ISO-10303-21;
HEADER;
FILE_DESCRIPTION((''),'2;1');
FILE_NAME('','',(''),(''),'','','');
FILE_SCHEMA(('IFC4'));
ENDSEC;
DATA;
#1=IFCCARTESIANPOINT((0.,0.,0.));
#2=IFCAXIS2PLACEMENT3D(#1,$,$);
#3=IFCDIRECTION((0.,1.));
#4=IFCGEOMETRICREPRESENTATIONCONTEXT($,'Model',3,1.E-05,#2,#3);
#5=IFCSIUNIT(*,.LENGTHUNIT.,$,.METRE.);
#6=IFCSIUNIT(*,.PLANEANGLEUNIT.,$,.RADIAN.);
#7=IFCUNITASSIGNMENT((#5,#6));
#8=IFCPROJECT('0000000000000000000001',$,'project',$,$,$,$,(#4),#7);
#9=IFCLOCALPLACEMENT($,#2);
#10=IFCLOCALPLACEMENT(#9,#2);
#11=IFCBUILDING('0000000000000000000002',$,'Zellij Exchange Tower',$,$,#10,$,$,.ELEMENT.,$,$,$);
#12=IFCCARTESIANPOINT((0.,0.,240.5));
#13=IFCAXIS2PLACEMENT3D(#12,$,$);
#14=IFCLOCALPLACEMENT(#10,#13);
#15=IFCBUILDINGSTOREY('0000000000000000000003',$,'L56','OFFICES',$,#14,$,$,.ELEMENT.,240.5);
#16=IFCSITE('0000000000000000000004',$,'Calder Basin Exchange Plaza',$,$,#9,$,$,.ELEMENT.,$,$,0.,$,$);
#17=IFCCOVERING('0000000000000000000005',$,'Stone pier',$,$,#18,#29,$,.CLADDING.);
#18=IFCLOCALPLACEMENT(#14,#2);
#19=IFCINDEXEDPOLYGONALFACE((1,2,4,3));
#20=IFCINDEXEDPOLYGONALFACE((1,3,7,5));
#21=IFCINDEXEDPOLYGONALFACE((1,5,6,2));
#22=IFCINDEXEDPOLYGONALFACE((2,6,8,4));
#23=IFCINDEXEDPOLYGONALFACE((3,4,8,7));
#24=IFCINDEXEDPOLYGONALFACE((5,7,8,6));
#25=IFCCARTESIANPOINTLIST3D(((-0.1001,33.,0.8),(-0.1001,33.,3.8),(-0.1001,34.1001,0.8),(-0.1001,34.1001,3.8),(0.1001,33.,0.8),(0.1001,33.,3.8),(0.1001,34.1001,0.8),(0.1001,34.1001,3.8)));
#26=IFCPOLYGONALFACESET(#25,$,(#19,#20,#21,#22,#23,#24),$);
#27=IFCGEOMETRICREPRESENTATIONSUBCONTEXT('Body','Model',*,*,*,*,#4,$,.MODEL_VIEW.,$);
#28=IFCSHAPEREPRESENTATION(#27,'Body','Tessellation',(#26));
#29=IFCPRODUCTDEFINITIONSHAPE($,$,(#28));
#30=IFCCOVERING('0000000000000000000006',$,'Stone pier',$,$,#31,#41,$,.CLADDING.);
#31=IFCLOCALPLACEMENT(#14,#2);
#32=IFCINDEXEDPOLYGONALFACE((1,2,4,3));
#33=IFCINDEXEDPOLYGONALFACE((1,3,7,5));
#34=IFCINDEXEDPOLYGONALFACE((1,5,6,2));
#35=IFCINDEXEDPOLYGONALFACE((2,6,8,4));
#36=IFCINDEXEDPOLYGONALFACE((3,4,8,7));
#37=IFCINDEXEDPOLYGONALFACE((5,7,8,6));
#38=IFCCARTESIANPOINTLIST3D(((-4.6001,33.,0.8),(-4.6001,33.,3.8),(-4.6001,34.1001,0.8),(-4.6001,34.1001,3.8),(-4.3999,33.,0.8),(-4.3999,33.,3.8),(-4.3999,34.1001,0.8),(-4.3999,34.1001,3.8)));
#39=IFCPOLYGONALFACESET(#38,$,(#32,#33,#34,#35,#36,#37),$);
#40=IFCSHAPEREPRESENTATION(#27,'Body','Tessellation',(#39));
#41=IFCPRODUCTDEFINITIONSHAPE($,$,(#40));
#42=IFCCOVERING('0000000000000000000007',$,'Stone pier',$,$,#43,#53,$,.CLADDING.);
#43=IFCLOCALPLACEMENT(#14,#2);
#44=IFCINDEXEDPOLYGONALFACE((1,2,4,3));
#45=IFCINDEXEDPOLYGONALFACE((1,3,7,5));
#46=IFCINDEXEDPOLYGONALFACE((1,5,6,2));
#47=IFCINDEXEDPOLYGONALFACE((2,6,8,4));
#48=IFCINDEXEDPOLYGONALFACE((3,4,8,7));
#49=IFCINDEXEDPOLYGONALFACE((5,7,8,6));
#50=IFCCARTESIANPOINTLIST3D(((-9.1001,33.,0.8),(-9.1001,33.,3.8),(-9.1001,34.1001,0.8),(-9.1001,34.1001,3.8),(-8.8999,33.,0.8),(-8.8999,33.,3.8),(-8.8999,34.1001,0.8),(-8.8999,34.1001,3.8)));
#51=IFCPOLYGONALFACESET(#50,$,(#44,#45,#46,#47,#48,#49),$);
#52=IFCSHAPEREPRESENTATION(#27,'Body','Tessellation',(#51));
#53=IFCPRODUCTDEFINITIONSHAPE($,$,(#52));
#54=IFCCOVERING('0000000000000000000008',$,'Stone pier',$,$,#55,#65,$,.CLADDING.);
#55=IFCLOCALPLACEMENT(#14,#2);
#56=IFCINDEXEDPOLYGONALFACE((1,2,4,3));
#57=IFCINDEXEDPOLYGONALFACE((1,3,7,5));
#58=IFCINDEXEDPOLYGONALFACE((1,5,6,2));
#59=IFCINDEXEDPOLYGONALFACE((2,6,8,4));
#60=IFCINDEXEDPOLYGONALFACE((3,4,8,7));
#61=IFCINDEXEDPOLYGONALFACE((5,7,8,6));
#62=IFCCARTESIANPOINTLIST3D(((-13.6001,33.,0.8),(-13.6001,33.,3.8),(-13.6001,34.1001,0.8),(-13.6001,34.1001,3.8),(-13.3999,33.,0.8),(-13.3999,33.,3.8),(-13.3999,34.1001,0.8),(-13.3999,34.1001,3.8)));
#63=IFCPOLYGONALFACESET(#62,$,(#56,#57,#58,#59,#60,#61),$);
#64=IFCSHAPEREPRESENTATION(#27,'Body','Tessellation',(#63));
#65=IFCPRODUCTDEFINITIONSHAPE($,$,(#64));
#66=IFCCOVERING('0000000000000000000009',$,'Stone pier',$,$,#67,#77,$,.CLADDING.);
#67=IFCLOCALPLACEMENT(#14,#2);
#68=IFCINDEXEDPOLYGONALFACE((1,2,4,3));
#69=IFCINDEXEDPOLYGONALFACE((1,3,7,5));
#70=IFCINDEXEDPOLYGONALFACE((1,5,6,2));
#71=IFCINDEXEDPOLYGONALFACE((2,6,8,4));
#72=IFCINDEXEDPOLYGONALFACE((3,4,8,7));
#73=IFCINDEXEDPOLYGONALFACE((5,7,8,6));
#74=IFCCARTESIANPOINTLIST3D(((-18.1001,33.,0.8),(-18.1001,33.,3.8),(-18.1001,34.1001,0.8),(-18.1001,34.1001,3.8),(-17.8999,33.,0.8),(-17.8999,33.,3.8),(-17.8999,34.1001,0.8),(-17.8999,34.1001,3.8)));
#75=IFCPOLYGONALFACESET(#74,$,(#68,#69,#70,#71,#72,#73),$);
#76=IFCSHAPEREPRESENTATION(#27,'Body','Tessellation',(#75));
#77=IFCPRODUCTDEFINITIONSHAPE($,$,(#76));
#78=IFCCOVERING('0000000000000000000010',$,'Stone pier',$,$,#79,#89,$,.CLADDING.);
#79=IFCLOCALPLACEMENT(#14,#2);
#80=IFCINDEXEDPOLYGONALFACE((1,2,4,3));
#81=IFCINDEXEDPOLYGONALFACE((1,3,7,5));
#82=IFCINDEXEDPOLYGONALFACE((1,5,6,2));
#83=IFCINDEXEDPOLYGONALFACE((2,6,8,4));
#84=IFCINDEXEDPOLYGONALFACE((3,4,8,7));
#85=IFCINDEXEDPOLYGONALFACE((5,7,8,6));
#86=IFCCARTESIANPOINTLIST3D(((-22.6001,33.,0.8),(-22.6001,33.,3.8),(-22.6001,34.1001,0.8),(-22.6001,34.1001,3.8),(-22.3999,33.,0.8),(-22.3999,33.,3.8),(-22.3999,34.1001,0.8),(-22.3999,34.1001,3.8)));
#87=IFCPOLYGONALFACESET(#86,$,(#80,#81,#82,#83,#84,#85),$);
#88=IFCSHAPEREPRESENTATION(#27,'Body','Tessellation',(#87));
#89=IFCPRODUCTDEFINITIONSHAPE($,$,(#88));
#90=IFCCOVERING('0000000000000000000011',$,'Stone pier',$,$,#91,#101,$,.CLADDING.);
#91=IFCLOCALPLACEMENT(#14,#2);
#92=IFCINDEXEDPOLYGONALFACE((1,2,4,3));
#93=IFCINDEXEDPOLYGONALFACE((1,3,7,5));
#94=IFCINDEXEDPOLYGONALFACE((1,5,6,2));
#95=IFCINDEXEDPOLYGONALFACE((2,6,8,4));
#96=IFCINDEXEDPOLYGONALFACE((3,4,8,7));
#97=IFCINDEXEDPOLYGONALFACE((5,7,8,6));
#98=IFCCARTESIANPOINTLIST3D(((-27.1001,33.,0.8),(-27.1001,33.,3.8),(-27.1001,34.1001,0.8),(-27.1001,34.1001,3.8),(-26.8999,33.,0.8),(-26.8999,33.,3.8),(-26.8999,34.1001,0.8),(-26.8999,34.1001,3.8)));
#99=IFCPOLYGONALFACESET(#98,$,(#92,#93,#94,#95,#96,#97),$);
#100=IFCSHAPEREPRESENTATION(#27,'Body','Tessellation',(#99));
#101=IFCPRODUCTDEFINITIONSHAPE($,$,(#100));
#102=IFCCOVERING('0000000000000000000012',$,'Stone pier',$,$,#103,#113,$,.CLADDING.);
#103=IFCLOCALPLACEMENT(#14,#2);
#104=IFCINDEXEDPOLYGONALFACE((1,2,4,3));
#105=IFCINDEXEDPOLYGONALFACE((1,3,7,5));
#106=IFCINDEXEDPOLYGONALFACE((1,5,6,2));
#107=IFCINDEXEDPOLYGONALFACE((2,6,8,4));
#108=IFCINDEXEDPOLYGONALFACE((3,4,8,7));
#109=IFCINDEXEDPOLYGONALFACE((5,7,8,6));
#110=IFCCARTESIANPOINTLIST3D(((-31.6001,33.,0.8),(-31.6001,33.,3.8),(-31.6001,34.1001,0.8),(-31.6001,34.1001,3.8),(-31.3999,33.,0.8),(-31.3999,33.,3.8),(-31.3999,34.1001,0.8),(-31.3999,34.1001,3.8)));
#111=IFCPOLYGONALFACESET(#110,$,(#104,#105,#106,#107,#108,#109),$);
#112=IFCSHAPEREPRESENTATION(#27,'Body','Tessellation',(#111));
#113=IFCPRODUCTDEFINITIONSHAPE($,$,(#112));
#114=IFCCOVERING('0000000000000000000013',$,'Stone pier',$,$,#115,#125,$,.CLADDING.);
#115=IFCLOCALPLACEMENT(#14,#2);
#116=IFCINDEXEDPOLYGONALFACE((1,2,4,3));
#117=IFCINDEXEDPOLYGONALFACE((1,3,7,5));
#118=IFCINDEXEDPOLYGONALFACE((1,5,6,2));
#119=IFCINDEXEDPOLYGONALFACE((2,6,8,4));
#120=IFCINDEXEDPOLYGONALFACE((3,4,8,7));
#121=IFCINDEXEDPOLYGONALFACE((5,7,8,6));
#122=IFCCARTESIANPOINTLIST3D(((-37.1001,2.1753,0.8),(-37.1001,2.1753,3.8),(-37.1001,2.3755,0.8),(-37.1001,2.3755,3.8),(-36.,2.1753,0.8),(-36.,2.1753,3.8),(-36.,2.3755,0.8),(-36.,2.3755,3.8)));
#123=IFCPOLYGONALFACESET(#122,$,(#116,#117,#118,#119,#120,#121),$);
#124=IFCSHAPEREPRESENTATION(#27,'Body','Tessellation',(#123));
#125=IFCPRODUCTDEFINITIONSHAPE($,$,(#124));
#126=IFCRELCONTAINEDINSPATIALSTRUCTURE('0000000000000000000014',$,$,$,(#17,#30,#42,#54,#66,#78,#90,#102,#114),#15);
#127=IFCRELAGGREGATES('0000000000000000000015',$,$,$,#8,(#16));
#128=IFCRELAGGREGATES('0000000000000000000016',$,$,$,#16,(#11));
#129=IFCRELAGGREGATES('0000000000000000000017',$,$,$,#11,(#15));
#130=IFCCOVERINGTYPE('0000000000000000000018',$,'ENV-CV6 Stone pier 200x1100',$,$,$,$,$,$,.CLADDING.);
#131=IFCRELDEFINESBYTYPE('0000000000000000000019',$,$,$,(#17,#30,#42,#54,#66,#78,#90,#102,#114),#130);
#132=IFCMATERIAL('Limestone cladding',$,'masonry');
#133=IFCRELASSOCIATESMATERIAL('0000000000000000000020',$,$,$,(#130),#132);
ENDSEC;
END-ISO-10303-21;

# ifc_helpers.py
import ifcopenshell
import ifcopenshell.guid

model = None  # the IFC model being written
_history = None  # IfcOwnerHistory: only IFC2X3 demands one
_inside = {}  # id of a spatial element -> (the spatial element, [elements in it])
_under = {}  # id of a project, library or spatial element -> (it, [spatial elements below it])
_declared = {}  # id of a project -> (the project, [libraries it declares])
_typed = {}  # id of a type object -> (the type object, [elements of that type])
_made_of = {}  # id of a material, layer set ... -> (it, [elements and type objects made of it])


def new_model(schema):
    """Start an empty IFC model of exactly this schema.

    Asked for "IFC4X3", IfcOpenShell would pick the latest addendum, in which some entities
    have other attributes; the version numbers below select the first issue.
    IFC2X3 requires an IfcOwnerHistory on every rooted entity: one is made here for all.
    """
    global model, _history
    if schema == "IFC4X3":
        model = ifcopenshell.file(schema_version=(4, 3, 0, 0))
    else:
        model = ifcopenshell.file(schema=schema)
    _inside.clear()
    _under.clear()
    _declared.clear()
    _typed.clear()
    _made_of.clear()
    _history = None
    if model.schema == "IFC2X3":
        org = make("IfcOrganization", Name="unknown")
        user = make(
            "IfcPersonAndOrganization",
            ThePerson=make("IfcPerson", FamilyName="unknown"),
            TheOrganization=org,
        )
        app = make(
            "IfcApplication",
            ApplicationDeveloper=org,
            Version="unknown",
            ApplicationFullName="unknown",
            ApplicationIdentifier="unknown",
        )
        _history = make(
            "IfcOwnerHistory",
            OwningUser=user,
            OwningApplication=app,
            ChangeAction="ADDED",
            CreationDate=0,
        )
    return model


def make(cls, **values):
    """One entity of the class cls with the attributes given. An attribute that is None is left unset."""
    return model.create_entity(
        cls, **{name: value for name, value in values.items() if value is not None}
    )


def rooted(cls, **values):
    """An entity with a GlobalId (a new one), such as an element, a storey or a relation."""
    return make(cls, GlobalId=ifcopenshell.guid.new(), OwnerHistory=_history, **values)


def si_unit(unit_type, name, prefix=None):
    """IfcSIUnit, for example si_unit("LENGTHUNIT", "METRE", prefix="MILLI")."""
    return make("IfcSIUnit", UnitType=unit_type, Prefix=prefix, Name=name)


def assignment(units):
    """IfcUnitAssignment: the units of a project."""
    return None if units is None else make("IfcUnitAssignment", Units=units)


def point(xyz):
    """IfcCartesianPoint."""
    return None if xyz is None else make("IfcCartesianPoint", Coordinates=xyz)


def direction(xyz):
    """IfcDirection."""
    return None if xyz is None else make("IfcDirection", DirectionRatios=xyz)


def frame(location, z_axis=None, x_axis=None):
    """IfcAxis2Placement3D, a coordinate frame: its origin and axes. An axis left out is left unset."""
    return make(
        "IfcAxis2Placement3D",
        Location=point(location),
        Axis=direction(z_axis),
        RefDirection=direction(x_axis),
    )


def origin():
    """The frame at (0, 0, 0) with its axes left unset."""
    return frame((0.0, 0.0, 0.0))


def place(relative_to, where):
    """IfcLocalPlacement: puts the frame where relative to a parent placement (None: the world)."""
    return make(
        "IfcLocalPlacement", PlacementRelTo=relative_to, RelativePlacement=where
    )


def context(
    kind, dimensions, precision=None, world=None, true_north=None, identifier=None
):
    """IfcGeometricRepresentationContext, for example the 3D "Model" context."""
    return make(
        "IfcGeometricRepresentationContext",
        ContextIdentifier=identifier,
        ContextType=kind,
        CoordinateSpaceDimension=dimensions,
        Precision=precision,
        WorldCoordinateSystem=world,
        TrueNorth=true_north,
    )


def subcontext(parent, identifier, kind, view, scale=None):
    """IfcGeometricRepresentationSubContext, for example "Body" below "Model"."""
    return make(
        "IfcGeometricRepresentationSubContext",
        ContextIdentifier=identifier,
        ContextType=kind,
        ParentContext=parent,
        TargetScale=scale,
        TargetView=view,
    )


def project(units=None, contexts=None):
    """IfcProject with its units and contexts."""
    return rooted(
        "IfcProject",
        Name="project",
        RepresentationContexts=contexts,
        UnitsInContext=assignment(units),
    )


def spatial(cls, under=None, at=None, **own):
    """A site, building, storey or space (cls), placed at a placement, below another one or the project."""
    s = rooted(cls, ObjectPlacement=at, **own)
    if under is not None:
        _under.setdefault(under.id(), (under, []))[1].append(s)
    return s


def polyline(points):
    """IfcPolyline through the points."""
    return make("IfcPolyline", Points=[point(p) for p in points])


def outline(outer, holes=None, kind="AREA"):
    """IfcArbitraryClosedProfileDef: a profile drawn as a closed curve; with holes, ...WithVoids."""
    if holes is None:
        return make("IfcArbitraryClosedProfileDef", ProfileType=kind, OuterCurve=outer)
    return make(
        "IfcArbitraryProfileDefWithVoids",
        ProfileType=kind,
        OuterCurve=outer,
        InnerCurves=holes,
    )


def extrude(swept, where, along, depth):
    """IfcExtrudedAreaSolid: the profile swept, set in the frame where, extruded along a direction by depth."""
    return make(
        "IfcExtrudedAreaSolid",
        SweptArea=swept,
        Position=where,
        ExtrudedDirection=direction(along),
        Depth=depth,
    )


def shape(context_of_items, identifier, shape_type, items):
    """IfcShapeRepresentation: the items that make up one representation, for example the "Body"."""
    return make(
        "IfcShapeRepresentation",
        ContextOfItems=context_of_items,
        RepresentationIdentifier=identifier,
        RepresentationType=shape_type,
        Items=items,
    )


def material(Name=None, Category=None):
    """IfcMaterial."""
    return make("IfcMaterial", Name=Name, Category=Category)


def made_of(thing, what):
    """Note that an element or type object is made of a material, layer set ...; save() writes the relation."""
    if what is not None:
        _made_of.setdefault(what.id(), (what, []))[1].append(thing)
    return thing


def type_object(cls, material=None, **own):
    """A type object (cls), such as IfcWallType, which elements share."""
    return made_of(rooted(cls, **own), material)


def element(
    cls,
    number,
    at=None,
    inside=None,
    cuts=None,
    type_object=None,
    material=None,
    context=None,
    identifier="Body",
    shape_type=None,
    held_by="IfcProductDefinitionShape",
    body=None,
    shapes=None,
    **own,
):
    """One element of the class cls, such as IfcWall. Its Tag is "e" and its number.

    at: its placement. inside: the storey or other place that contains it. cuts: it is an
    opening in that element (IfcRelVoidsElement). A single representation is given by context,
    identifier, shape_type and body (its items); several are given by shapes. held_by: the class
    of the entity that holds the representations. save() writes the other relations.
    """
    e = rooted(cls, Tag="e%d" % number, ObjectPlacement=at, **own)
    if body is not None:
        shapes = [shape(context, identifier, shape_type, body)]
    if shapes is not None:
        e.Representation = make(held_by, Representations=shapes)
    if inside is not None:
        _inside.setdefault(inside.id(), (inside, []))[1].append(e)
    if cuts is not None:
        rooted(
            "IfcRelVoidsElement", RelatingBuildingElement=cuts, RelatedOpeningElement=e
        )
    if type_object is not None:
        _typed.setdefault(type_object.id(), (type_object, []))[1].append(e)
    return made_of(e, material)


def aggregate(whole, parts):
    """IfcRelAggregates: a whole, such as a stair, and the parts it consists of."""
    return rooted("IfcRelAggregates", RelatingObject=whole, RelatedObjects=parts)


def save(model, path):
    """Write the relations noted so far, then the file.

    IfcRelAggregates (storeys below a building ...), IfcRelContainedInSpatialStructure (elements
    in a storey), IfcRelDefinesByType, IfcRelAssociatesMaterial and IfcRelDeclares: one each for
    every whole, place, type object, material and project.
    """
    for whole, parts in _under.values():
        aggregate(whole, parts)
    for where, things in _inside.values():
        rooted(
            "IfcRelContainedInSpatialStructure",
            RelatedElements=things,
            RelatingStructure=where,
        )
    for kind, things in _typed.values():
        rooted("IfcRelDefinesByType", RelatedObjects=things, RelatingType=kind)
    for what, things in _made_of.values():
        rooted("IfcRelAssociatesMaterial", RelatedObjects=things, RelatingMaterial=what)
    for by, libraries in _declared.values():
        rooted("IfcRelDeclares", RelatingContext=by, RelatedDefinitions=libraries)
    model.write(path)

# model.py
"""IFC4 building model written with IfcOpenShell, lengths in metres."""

from ifc_helpers import new_model, si_unit, direction, frame, origin, place, context, subcontext, project, spatial, polyline, outline, extrude, material, type_object, element, save


model = new_model("IFC4")

# Units and contexts
model_context = context("Model", 3, precision=1e-05, world=origin(), true_north=direction((0.0, 1.0)))
body_context = subcontext(model_context, "Body", "Model", "MODEL_VIEW")
ifc_project = project(units=[si_unit("LENGTHUNIT", "METRE"), si_unit("PLANEANGLEUNIT", "RADIAN")], contexts=[model_context])

# Site, building, storey
site_placement = place(None, origin())
site = spatial("IfcSite", under=ifc_project, at=site_placement, Name="Calder Basin Exchange Plaza", CompositionType="ELEMENT", RefElevation=0.0)
building_placement = place(site_placement, origin())
building = spatial("IfcBuilding", under=site, at=building_placement, Name="Zellij Exchange Tower", CompositionType="ELEMENT")
storey_placement = place(building_placement, frame((0.0, 0.0, 240.5)))
storey = spatial("IfcBuildingStorey", under=building, at=storey_placement, Name="L56", Description="OFFICES", CompositionType="ELEMENT", Elevation=240.5)

# Coverings
ifc_material_1 = material(Name="Limestone cladding", Category="masonry")
covering_type_1 = type_object("IfcCoveringType", Name="ENV-CV6 Stone pier 200x1100", PredefinedType="CLADDING", material=ifc_material_1)
covering_1_placement = place(storey_placement, frame((0.0, 0.0, 0.8)))
element("IfcCovering", 1, at=covering_1_placement, inside=storey, type_object=covering_type_1, Name="Stone pier", PredefinedType="CLADDING", context=body_context, shape_type="SweptSolid", body=[
    extrude(outline(polyline([(0.1001, 33.0), (-0.1001, 33.0), (-0.1001, 34.1001), (0.1001, 34.1001), (0.1001, 33.0)])), origin(), (0.0, 0.0, 1.0), 3.0),
])
covering_2_placement = place(storey_placement, frame((0.0, 0.0, 0.8)))
element("IfcCovering", 2, at=covering_2_placement, inside=storey, type_object=covering_type_1, Name="Stone pier", PredefinedType="CLADDING", context=body_context, shape_type="SweptSolid", body=[
    extrude(outline(polyline([(-4.3999, 33.0), (-4.6001, 33.0), (-4.6001, 34.1001), (-4.3999, 34.1001), (-4.3999, 33.0)])), origin(), (0.0, 0.0, 1.0), 3.0),
])
covering_3_placement = place(storey_placement, frame((0.0, 0.0, 0.8)))
element("IfcCovering", 3, at=covering_3_placement, inside=storey, type_object=covering_type_1, Name="Stone pier", PredefinedType="CLADDING", context=body_context, shape_type="SweptSolid", body=[
    extrude(outline(polyline([(-8.8999, 33.0), (-9.1001, 33.0), (-9.1001, 34.1001), (-8.8999, 34.1001), (-8.8999, 33.0)])), origin(), (0.0, 0.0, 1.0), 3.0),
])
covering_4_placement = place(storey_placement, frame((0.0, 0.0, 0.8)))
element("IfcCovering", 4, at=covering_4_placement, inside=storey, type_object=covering_type_1, Name="Stone pier", PredefinedType="CLADDING", context=body_context, shape_type="SweptSolid", body=[
    extrude(outline(polyline([(-13.3999, 33.0), (-13.6001, 33.0), (-13.6001, 34.1001), (-13.3999, 34.1001), (-13.3999, 33.0)])), origin(), (0.0, 0.0, 1.0), 3.0),
])
covering_5_placement = place(storey_placement, frame((0.0, 0.0, 0.8)))
element("IfcCovering", 5, at=covering_5_placement, inside=storey, type_object=covering_type_1, Name="Stone pier", PredefinedType="CLADDING", context=body_context, shape_type="SweptSolid", body=[
    extrude(outline(polyline([(-17.8999, 33.0), (-18.1001, 33.0), (-18.1001, 34.1001), (-17.8999, 34.1001), (-17.8999, 33.0)])), origin(), (0.0, 0.0, 1.0), 3.0),
])
covering_6_placement = place(storey_placement, frame((0.0, 0.0, 0.8)))
element("IfcCovering", 6, at=covering_6_placement, inside=storey, type_object=covering_type_1, Name="Stone pier", PredefinedType="CLADDING", context=body_context, shape_type="SweptSolid", body=[
    extrude(outline(polyline([(-22.3999, 33.0), (-22.6001, 33.0), (-22.6001, 34.1001), (-22.3999, 34.1001), (-22.3999, 33.0)])), origin(), (0.0, 0.0, 1.0), 3.0),
])
covering_7_placement = place(storey_placement, frame((0.0, 0.0, 0.8)))
element("IfcCovering", 7, at=covering_7_placement, inside=storey, type_object=covering_type_1, Name="Stone pier", PredefinedType="CLADDING", context=body_context, shape_type="SweptSolid", body=[
    extrude(outline(polyline([(-26.8999, 33.0), (-27.1001, 33.0), (-27.1001, 34.1001), (-26.8999, 34.1001), (-26.8999, 33.0)])), origin(), (0.0, 0.0, 1.0), 3.0),
])
covering_8_placement = place(storey_placement, frame((0.0, 0.0, 0.8)))
element("IfcCovering", 8, at=covering_8_placement, inside=storey, type_object=covering_type_1, Name="Stone pier", PredefinedType="CLADDING", context=body_context, shape_type="SweptSolid", body=[
    extrude(outline(polyline([(-31.3999, 33.0), (-31.6001, 33.0), (-31.6001, 34.1001), (-31.3999, 34.1001), (-31.3999, 33.0)])), origin(), (0.0, 0.0, 1.0), 3.0),
])
covering_9_placement = place(storey_placement, frame((0.0, 0.0, 0.8)))
element("IfcCovering", 9, at=covering_9_placement, inside=storey, type_object=covering_type_1, Name="Stone pier", PredefinedType="CLADDING", context=body_context, shape_type="SweptSolid", body=[
    extrude(outline(polyline([(-36.0, 2.3755), (-36.0, 2.1753), (-37.1001, 2.1753), (-37.1001, 2.3755), (-36.0, 2.3755)])), origin(), (0.0, 0.0, 1.0), 3.0),
])

save(model, "model.ifc")
